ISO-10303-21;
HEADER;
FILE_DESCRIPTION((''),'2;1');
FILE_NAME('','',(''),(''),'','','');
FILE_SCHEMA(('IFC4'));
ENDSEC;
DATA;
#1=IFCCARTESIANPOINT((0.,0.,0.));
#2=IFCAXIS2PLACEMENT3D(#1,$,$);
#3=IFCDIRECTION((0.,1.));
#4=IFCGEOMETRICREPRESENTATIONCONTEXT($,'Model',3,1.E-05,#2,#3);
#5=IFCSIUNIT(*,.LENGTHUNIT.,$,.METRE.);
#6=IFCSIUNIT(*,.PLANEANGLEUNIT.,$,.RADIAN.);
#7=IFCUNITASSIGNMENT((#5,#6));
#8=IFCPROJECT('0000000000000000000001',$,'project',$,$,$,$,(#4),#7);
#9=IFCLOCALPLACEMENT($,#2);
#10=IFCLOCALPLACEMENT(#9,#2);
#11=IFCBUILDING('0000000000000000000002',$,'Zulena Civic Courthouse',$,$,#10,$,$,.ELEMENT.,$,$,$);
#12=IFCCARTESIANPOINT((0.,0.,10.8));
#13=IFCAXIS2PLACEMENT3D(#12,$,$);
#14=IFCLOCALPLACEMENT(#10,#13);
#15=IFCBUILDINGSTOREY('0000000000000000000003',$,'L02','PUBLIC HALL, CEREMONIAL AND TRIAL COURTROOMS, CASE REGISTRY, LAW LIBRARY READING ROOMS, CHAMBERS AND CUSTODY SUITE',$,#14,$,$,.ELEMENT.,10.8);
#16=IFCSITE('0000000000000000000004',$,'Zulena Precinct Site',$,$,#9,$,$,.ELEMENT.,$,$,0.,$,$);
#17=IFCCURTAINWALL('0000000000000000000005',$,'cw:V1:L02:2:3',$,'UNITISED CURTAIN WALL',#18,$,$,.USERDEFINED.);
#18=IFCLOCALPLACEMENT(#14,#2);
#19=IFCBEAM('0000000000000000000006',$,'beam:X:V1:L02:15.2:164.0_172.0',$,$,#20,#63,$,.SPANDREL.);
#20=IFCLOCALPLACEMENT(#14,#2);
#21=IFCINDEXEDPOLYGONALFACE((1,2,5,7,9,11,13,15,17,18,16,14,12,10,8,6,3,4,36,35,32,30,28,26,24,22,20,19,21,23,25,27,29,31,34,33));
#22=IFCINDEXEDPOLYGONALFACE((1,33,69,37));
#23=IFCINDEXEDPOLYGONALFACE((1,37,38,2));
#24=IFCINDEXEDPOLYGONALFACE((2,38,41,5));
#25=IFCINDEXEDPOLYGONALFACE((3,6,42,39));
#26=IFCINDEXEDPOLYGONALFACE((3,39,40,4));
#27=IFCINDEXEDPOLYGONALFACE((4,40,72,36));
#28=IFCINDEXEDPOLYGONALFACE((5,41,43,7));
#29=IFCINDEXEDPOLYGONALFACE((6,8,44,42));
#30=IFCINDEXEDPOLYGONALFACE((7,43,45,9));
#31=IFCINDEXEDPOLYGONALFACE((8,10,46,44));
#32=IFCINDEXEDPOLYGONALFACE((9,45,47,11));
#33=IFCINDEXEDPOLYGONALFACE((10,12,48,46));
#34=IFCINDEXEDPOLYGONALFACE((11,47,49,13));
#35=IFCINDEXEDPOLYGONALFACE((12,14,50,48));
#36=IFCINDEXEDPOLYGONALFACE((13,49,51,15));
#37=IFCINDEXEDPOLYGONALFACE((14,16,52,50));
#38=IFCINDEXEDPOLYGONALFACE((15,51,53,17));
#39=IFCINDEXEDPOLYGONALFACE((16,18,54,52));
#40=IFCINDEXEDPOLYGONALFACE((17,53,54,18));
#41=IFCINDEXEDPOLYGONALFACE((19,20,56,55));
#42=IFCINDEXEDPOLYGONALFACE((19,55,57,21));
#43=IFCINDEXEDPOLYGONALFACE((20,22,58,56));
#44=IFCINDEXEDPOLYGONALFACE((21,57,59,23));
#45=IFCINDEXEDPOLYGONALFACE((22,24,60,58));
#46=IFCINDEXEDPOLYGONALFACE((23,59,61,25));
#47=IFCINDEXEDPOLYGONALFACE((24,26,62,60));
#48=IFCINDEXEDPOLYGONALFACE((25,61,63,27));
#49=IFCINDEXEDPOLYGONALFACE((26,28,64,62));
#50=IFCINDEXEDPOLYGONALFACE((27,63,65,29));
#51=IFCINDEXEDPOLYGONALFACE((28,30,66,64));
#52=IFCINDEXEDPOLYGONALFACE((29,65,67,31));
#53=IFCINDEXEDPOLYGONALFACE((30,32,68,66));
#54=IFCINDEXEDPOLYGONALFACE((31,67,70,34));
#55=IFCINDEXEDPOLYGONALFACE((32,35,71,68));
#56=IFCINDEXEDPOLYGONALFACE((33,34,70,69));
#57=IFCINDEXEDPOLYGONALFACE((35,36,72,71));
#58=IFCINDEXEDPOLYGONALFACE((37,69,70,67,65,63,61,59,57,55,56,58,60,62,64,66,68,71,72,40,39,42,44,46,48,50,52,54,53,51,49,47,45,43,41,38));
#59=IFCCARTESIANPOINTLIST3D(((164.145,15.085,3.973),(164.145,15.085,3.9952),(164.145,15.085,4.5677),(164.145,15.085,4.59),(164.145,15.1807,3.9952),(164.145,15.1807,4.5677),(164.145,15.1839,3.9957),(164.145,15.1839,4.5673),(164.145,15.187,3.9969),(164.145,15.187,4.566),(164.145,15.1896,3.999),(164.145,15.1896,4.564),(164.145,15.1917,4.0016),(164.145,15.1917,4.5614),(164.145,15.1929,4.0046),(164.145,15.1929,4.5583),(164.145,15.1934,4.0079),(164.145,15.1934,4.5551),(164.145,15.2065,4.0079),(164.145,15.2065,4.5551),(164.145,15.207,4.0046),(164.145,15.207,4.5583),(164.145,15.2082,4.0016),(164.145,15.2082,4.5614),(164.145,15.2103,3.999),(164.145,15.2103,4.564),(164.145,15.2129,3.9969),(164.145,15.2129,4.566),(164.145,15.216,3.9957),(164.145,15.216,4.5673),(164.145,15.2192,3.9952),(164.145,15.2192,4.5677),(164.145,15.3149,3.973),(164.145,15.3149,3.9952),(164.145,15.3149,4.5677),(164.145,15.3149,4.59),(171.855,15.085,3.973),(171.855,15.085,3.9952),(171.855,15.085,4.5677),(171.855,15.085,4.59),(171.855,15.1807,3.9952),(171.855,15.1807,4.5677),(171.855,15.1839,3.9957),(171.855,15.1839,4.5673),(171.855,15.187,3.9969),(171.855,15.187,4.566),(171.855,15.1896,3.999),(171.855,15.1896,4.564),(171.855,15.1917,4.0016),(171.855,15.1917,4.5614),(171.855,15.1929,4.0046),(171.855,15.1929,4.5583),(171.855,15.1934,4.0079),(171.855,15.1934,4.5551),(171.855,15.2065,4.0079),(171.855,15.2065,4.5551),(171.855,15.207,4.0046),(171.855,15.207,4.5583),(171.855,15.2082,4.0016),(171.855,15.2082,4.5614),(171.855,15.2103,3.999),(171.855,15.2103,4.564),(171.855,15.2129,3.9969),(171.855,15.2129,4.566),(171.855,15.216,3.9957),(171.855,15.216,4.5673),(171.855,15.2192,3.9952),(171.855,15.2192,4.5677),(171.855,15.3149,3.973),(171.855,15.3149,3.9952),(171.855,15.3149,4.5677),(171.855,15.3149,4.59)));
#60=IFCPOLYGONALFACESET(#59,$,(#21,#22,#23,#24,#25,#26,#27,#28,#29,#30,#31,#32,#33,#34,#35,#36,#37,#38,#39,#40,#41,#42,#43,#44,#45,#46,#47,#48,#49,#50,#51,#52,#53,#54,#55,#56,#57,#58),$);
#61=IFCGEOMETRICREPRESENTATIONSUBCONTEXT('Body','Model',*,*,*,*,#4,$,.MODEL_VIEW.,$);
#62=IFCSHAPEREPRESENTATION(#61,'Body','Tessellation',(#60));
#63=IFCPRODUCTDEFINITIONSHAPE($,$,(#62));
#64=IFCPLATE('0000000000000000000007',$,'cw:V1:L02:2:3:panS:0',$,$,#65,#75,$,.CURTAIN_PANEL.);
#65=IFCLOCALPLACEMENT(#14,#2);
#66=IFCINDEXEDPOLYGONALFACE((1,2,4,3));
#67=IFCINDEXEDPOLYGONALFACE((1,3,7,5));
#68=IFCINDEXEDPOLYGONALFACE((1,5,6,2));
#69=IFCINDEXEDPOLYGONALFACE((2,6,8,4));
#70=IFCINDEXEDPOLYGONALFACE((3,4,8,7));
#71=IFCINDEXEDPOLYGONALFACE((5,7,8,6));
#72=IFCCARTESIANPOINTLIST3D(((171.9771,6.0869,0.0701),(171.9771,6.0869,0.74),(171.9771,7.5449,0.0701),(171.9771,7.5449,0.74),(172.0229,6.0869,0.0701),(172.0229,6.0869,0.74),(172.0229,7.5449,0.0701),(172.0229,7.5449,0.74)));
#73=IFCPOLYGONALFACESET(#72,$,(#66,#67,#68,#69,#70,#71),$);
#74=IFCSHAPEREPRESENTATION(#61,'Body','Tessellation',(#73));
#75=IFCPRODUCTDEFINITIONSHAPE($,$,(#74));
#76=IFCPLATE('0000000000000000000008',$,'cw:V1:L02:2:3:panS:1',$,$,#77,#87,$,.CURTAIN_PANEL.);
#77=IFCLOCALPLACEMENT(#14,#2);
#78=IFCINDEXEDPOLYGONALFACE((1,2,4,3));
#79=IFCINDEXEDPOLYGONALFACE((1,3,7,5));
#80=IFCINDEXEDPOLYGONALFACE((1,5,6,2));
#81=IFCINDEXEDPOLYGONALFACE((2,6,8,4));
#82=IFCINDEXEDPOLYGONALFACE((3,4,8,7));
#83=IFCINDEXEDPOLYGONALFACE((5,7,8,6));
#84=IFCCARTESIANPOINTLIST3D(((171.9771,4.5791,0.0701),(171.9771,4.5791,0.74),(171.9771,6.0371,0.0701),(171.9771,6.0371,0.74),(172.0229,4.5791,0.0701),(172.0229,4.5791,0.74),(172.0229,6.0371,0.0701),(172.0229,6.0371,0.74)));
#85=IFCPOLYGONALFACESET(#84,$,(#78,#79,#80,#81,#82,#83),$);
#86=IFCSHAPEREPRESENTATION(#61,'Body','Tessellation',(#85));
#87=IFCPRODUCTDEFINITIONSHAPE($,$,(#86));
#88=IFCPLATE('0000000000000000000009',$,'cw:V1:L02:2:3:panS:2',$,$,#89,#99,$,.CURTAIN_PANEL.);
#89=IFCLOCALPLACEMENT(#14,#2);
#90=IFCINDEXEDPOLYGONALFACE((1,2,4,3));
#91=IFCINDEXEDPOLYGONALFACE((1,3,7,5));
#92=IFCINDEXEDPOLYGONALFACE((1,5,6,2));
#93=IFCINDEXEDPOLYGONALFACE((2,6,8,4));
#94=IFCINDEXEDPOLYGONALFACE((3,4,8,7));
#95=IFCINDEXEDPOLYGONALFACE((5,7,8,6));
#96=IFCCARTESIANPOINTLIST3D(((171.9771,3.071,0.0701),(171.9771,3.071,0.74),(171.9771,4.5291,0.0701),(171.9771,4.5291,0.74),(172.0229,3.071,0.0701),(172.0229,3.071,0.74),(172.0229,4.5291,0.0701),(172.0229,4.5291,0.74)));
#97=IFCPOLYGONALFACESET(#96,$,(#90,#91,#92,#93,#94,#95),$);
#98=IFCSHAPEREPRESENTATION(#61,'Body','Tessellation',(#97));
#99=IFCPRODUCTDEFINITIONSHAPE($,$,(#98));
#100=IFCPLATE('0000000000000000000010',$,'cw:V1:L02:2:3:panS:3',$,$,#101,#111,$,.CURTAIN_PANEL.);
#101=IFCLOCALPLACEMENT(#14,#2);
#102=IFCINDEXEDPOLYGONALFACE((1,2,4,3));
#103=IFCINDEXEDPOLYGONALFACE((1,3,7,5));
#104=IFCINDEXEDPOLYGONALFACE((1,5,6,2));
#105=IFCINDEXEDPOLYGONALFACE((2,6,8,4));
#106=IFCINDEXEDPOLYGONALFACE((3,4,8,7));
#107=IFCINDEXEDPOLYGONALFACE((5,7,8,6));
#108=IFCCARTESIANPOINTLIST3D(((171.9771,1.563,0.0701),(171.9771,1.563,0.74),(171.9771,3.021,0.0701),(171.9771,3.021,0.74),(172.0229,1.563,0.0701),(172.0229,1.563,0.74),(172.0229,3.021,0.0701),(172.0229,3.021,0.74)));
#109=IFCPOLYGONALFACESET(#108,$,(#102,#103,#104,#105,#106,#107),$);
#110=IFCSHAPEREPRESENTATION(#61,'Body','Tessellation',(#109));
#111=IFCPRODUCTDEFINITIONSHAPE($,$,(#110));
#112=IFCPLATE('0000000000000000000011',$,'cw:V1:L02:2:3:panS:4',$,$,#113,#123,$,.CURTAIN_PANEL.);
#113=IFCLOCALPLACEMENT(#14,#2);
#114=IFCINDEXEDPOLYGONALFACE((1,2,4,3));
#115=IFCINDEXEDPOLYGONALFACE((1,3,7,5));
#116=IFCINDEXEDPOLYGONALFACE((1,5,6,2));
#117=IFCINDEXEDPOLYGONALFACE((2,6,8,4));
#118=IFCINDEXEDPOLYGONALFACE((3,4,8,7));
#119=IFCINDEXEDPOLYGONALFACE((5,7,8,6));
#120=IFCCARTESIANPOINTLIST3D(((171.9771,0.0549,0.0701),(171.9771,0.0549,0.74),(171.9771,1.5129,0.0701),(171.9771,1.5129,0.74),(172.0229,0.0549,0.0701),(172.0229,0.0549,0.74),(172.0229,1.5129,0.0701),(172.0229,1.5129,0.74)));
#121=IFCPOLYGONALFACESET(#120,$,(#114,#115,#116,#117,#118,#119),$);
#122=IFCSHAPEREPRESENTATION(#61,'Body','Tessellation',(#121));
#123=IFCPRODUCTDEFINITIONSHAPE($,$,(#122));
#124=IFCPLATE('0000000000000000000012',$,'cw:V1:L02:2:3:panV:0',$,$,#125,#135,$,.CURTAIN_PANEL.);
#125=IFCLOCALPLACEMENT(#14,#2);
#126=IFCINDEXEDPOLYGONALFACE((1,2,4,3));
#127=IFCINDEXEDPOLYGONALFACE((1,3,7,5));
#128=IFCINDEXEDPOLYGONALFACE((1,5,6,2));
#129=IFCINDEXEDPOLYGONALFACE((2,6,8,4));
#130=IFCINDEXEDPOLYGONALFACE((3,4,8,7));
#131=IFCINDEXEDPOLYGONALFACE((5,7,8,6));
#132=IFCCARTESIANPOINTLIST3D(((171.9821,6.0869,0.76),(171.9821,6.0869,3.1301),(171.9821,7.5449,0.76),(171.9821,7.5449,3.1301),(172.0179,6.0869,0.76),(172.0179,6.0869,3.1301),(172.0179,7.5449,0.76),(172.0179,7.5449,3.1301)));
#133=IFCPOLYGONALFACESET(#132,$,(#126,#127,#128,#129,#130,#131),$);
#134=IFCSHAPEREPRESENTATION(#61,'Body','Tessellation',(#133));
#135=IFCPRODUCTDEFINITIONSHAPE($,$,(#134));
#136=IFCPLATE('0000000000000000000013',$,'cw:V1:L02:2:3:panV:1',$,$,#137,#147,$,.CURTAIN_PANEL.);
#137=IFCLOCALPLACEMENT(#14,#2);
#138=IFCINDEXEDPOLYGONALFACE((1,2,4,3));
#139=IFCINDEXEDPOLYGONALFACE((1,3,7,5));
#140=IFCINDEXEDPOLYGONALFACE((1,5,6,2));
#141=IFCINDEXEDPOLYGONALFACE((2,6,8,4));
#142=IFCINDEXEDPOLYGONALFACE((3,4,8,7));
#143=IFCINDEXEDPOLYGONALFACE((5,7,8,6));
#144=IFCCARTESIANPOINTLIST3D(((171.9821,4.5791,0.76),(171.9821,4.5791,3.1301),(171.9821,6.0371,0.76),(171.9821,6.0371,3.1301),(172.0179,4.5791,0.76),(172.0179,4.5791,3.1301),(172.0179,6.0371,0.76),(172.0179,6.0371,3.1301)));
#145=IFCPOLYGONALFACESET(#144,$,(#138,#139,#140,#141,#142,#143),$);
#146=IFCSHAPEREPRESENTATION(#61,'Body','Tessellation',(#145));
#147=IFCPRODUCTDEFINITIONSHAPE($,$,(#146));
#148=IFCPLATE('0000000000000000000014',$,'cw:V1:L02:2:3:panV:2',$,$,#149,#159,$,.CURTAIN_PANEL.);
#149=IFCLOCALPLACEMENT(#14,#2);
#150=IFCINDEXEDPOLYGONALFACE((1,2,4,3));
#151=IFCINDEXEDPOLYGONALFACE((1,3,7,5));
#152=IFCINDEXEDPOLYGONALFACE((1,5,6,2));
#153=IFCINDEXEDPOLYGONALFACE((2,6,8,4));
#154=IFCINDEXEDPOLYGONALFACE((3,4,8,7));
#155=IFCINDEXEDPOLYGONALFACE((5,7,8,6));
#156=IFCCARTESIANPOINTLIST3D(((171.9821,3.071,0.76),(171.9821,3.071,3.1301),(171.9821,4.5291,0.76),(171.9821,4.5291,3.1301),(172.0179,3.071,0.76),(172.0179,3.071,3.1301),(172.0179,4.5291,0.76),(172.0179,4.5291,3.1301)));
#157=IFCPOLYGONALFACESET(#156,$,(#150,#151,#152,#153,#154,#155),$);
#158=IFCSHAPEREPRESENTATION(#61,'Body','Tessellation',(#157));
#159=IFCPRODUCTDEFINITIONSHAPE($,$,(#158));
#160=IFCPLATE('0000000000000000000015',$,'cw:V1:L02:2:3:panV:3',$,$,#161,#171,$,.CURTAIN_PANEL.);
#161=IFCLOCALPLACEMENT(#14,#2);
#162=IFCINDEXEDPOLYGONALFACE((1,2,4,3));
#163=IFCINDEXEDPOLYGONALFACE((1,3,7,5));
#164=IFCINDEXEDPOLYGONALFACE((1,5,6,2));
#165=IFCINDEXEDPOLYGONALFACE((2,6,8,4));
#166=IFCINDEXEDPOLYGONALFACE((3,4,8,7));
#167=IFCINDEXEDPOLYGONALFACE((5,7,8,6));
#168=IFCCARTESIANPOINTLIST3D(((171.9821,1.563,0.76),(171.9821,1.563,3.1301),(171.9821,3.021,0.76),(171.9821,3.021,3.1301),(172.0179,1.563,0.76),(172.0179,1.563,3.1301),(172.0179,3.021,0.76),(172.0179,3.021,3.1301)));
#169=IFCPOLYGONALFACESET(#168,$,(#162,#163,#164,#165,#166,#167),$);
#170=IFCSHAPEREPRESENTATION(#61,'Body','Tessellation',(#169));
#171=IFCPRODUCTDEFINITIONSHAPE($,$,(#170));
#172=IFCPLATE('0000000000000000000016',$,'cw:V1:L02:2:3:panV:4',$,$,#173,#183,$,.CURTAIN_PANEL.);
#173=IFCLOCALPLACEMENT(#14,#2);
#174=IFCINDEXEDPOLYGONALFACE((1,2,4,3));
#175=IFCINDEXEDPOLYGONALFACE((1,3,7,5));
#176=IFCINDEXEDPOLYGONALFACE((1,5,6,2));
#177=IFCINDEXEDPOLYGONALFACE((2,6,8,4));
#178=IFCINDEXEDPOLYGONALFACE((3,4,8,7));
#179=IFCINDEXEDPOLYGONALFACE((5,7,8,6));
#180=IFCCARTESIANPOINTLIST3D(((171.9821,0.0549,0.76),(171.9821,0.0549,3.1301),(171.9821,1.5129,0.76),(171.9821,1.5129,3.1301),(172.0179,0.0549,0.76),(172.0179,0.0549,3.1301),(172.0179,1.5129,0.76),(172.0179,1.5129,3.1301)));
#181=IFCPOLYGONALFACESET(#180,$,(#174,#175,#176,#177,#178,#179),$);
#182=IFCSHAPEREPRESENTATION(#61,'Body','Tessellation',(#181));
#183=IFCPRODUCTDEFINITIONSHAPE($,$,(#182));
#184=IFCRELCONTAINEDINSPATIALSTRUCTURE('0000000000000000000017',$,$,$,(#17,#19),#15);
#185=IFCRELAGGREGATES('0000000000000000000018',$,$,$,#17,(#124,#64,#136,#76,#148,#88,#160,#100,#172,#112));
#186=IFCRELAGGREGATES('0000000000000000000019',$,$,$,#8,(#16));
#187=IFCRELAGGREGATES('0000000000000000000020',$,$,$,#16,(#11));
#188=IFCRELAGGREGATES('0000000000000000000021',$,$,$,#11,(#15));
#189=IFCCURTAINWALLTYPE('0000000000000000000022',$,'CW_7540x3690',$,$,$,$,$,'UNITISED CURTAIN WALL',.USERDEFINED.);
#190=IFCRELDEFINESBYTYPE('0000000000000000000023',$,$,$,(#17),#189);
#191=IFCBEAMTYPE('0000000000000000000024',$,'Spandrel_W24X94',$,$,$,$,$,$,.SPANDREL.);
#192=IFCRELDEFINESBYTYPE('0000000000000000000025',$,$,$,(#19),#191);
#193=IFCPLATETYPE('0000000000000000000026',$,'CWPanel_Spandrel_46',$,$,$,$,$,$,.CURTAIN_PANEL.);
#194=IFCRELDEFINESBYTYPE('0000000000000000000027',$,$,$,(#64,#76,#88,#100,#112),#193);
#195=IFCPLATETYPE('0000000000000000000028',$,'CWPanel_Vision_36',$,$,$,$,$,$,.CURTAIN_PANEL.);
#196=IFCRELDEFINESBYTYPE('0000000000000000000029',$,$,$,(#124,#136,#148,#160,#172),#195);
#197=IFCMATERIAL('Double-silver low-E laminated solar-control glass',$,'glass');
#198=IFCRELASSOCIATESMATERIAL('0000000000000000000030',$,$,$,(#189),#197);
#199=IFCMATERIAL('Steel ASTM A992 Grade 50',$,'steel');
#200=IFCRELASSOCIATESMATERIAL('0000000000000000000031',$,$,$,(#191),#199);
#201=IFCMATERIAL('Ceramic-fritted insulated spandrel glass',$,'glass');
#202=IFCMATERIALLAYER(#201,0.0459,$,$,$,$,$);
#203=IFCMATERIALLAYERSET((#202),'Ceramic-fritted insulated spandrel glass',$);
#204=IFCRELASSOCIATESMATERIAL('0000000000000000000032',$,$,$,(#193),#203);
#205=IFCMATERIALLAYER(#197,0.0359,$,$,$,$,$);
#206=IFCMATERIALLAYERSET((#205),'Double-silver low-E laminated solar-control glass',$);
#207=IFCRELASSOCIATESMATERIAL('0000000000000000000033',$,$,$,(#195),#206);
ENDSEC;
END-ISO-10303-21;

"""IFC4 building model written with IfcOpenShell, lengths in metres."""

from ifc_helpers import new_model, si_unit, direction, frame, origin, origin_2d, place, context, subcontext, project, spatial, rectangle, i_section, extrude, material, layer, layer_set, material_profile, profile_set, type_object, element, aggregate, save


model = new_model("IFC4")

# Units and contexts
model_context = context("Model", 3, precision=1e-05, world=origin(), true_north=direction((0.0, 1.0)))
body_context = subcontext(model_context, "Body", "Model", "MODEL_VIEW")
ifc_project = project(units=[si_unit("LENGTHUNIT", "METRE"), si_unit("PLANEANGLEUNIT", "RADIAN")], contexts=[model_context])

# Site, building, storey
site_placement = place(None, origin())
site = spatial("IfcSite", under=ifc_project, at=site_placement, Name="Zulena Precinct Site", CompositionType="ELEMENT", RefElevation=0.0)
building_placement = place(site_placement, origin())
building = spatial("IfcBuilding", under=site, at=building_placement, Name="Zulena Civic Courthouse", CompositionType="ELEMENT")
storey_placement = place(building_placement, frame((0.0, 0.0, 10.8)))
storey = spatial("IfcBuildingStorey", under=building, at=storey_placement, Name="L02", Description="PUBLIC HALL, CEREMONIAL AND TRIAL COURTROOMS, CASE REGISTRY, LAW LIBRARY READING ROOMS, CHAMBERS AND CUSTODY SUITE", CompositionType="ELEMENT", Elevation=10.8)

# Shared definitions
ifc_material_1 = material(Name="Steel ASTM A992 Grade 50", Category="steel")

# Curtain wall
ifc_material_2 = material(Name="Double-silver low-E laminated solar-control glass", Category="glass")
curtain_wall_type = type_object("IfcCurtainWallType", Name="CW_7540x3690", ElementType="UNITISED CURTAIN WALL", PredefinedType="USERDEFINED", material=ifc_material_2)
curtain_wall_placement = place(storey_placement, origin())
curtain_wall = element("IfcCurtainWall", 1, at=curtain_wall_placement, inside=storey, type_object=curtain_wall_type, Name="cw:V1:L02:2:3", ObjectType="UNITISED CURTAIN WALL", PredefinedType="USERDEFINED")

# Beam
ifc_material_profile_1 = material_profile(ifc_material_1, i_section(OverallWidth=0.23, OverallDepth=0.6169, WebThickness=0.0132, FlangeThickness=0.0222, FilletRadius=0.0127, at=origin_2d()), Name="W24X94")
ifc_profile_set_1 = profile_set([ifc_material_profile_1], Name="Steel ASTM A992 Grade 50")
beam_type_1 = type_object("IfcBeamType", Name="Spandrel_W24X94", PredefinedType="SPANDREL", material=ifc_profile_set_1)
for number, where, z_axis, x_axis, name in (
    (2, (164.145, 15.2, 4.2815), (1.0, 0.0, 0.0), (0.0, 1.0, 0.0), "beam:X:V1:L02:15.2:164.0_172.0"),
):
    element("IfcBeam", number, at=place(storey_placement, frame(where, z_axis=z_axis, x_axis=x_axis)), inside=storey, type_object=beam_type_1, Name=name, PredefinedType="SPANDREL", context=body_context, shape_type="SweptSolid", body=[
        extrude(i_section(OverallWidth=0.23, OverallDepth=0.6169, WebThickness=0.0132, FlangeThickness=0.0222, FilletRadius=0.0127, at=origin_2d()), origin(), (0.0, 0.0, 1.0), 7.71),
    ])

# Plates
ifc_material_3 = material(Name="Ceramic-fritted insulated spandrel glass", Category="glass")
ifc_layer_1 = layer(ifc_material_3, 0.0459)
ifc_layer_set_1 = layer_set([ifc_layer_1], Name="Ceramic-fritted insulated spandrel glass")
plate_type_1 = type_object("IfcPlateType", Name="CWPanel_Spandrel_46", PredefinedType="CURTAIN_PANEL", material=ifc_layer_set_1)
plate_1_placement = place(storey_placement, frame((172.0, 6.8159, 0.0701), z_axis=(0.0, 0.0, 1.0), x_axis=(0.0, -1.0, 0.0)))
plate_1 = element("IfcPlate", 3, at=plate_1_placement, type_object=plate_type_1, Name="cw:V1:L02:2:3:panS:0", PredefinedType="CURTAIN_PANEL", context=body_context, shape_type="SweptSolid", body=[
    extrude(rectangle(XDim=1.458, YDim=0.0459, at=origin_2d()), origin(), (0.0, 0.0, 1.0), 0.6699),
])
plate_2_placement = place(storey_placement, frame((172.0, 5.3081, 0.0701), z_axis=(0.0, 0.0, 1.0), x_axis=(0.0, -1.0, 0.0)))
plate_2 = element("IfcPlate", 4, at=plate_2_placement, type_object=plate_type_1, Name="cw:V1:L02:2:3:panS:1", PredefinedType="CURTAIN_PANEL", context=body_context, shape_type="SweptSolid", body=[
    extrude(rectangle(XDim=1.458, YDim=0.0459, at=origin_2d()), origin(), (0.0, 0.0, 1.0), 0.6699),
])
plate_3_placement = place(storey_placement, frame((172.0, 3.8, 0.0701), z_axis=(0.0, 0.0, 1.0), x_axis=(0.0, -1.0, 0.0)))
plate_3 = element("IfcPlate", 5, at=plate_3_placement, type_object=plate_type_1, Name="cw:V1:L02:2:3:panS:2", PredefinedType="CURTAIN_PANEL", context=body_context, shape_type="SweptSolid", body=[
    extrude(rectangle(XDim=1.458, YDim=0.0459, at=origin_2d()), origin(), (0.0, 0.0, 1.0), 0.6699),
])
plate_4_placement = place(storey_placement, frame((172.0, 2.292, 0.0701), z_axis=(0.0, 0.0, 1.0), x_axis=(0.0, -1.0, 0.0)))
plate_4 = element("IfcPlate", 6, at=plate_4_placement, type_object=plate_type_1, Name="cw:V1:L02:2:3:panS:3", PredefinedType="CURTAIN_PANEL", context=body_context, shape_type="SweptSolid", body=[
    extrude(rectangle(XDim=1.458, YDim=0.0459, at=origin_2d()), origin(), (0.0, 0.0, 1.0), 0.6699),
])
plate_5_placement = place(storey_placement, frame((172.0, 0.7839, 0.0701), z_axis=(0.0, 0.0, 1.0), x_axis=(0.0, -1.0, 0.0)))
plate_5 = element("IfcPlate", 7, at=plate_5_placement, type_object=plate_type_1, Name="cw:V1:L02:2:3:panS:4", PredefinedType="CURTAIN_PANEL", context=body_context, shape_type="SweptSolid", body=[
    extrude(rectangle(XDim=1.458, YDim=0.0459, at=origin_2d()), origin(), (0.0, 0.0, 1.0), 0.6699),
])
ifc_layer_2 = layer(ifc_material_2, 0.0359)
ifc_layer_set_2 = layer_set([ifc_layer_2], Name="Double-silver low-E laminated solar-control glass")
plate_type_2 = type_object("IfcPlateType", Name="CWPanel_Vision_36", PredefinedType="CURTAIN_PANEL", material=ifc_layer_set_2)
plate_6_placement = place(storey_placement, frame((172.0, 6.8159, 0.76), z_axis=(0.0, 0.0, 1.0), x_axis=(0.0, -1.0, 0.0)))
plate_6 = element("IfcPlate", 8, at=plate_6_placement, type_object=plate_type_2, Name="cw:V1:L02:2:3:panV:0", PredefinedType="CURTAIN_PANEL", context=body_context, shape_type="SweptSolid", body=[
    extrude(rectangle(XDim=1.458, YDim=0.0359, at=origin_2d()), origin(), (0.0, 0.0, 1.0), 2.3701),
])
plate_7_placement = place(storey_placement, frame((172.0, 5.3081, 0.76), z_axis=(0.0, 0.0, 1.0), x_axis=(0.0, -1.0, 0.0)))
plate_7 = element("IfcPlate", 9, at=plate_7_placement, type_object=plate_type_2, Name="cw:V1:L02:2:3:panV:1", PredefinedType="CURTAIN_PANEL", context=body_context, shape_type="SweptSolid", body=[
    extrude(rectangle(XDim=1.458, YDim=0.0359, at=origin_2d()), origin(), (0.0, 0.0, 1.0), 2.3701),
])
plate_8_placement = place(storey_placement, frame((172.0, 3.8, 0.76), z_axis=(0.0, 0.0, 1.0), x_axis=(0.0, -1.0, 0.0)))
plate_8 = element("IfcPlate", 10, at=plate_8_placement, type_object=plate_type_2, Name="cw:V1:L02:2:3:panV:2", PredefinedType="CURTAIN_PANEL", context=body_context, shape_type="SweptSolid", body=[
    extrude(rectangle(XDim=1.458, YDim=0.0359, at=origin_2d()), origin(), (0.0, 0.0, 1.0), 2.3701),
])
plate_9_placement = place(storey_placement, frame((172.0, 2.292, 0.76), z_axis=(0.0, 0.0, 1.0), x_axis=(0.0, -1.0, 0.0)))
plate_9 = element("IfcPlate", 11, at=plate_9_placement, type_object=plate_type_2, Name="cw:V1:L02:2:3:panV:3", PredefinedType="CURTAIN_PANEL", context=body_context, shape_type="SweptSolid", body=[
    extrude(rectangle(XDim=1.458, YDim=0.0359, at=origin_2d()), origin(), (0.0, 0.0, 1.0), 2.3701),
])
plate_10_placement = place(storey_placement, frame((172.0, 0.7839, 0.76), z_axis=(0.0, 0.0, 1.0), x_axis=(0.0, -1.0, 0.0)))
plate_10 = element("IfcPlate", 12, at=plate_10_placement, type_object=plate_type_2, Name="cw:V1:L02:2:3:panV:4", PredefinedType="CURTAIN_PANEL", context=body_context, shape_type="SweptSolid", body=[
    extrude(rectangle(XDim=1.458, YDim=0.0359, at=origin_2d()), origin(), (0.0, 0.0, 1.0), 2.3701),
])
aggregate(curtain_wall, [plate_6, plate_1, plate_7, plate_2, plate_8, plate_3, plate_9, plate_4, plate_10, plate_5])

save(model, "model.ifc")
